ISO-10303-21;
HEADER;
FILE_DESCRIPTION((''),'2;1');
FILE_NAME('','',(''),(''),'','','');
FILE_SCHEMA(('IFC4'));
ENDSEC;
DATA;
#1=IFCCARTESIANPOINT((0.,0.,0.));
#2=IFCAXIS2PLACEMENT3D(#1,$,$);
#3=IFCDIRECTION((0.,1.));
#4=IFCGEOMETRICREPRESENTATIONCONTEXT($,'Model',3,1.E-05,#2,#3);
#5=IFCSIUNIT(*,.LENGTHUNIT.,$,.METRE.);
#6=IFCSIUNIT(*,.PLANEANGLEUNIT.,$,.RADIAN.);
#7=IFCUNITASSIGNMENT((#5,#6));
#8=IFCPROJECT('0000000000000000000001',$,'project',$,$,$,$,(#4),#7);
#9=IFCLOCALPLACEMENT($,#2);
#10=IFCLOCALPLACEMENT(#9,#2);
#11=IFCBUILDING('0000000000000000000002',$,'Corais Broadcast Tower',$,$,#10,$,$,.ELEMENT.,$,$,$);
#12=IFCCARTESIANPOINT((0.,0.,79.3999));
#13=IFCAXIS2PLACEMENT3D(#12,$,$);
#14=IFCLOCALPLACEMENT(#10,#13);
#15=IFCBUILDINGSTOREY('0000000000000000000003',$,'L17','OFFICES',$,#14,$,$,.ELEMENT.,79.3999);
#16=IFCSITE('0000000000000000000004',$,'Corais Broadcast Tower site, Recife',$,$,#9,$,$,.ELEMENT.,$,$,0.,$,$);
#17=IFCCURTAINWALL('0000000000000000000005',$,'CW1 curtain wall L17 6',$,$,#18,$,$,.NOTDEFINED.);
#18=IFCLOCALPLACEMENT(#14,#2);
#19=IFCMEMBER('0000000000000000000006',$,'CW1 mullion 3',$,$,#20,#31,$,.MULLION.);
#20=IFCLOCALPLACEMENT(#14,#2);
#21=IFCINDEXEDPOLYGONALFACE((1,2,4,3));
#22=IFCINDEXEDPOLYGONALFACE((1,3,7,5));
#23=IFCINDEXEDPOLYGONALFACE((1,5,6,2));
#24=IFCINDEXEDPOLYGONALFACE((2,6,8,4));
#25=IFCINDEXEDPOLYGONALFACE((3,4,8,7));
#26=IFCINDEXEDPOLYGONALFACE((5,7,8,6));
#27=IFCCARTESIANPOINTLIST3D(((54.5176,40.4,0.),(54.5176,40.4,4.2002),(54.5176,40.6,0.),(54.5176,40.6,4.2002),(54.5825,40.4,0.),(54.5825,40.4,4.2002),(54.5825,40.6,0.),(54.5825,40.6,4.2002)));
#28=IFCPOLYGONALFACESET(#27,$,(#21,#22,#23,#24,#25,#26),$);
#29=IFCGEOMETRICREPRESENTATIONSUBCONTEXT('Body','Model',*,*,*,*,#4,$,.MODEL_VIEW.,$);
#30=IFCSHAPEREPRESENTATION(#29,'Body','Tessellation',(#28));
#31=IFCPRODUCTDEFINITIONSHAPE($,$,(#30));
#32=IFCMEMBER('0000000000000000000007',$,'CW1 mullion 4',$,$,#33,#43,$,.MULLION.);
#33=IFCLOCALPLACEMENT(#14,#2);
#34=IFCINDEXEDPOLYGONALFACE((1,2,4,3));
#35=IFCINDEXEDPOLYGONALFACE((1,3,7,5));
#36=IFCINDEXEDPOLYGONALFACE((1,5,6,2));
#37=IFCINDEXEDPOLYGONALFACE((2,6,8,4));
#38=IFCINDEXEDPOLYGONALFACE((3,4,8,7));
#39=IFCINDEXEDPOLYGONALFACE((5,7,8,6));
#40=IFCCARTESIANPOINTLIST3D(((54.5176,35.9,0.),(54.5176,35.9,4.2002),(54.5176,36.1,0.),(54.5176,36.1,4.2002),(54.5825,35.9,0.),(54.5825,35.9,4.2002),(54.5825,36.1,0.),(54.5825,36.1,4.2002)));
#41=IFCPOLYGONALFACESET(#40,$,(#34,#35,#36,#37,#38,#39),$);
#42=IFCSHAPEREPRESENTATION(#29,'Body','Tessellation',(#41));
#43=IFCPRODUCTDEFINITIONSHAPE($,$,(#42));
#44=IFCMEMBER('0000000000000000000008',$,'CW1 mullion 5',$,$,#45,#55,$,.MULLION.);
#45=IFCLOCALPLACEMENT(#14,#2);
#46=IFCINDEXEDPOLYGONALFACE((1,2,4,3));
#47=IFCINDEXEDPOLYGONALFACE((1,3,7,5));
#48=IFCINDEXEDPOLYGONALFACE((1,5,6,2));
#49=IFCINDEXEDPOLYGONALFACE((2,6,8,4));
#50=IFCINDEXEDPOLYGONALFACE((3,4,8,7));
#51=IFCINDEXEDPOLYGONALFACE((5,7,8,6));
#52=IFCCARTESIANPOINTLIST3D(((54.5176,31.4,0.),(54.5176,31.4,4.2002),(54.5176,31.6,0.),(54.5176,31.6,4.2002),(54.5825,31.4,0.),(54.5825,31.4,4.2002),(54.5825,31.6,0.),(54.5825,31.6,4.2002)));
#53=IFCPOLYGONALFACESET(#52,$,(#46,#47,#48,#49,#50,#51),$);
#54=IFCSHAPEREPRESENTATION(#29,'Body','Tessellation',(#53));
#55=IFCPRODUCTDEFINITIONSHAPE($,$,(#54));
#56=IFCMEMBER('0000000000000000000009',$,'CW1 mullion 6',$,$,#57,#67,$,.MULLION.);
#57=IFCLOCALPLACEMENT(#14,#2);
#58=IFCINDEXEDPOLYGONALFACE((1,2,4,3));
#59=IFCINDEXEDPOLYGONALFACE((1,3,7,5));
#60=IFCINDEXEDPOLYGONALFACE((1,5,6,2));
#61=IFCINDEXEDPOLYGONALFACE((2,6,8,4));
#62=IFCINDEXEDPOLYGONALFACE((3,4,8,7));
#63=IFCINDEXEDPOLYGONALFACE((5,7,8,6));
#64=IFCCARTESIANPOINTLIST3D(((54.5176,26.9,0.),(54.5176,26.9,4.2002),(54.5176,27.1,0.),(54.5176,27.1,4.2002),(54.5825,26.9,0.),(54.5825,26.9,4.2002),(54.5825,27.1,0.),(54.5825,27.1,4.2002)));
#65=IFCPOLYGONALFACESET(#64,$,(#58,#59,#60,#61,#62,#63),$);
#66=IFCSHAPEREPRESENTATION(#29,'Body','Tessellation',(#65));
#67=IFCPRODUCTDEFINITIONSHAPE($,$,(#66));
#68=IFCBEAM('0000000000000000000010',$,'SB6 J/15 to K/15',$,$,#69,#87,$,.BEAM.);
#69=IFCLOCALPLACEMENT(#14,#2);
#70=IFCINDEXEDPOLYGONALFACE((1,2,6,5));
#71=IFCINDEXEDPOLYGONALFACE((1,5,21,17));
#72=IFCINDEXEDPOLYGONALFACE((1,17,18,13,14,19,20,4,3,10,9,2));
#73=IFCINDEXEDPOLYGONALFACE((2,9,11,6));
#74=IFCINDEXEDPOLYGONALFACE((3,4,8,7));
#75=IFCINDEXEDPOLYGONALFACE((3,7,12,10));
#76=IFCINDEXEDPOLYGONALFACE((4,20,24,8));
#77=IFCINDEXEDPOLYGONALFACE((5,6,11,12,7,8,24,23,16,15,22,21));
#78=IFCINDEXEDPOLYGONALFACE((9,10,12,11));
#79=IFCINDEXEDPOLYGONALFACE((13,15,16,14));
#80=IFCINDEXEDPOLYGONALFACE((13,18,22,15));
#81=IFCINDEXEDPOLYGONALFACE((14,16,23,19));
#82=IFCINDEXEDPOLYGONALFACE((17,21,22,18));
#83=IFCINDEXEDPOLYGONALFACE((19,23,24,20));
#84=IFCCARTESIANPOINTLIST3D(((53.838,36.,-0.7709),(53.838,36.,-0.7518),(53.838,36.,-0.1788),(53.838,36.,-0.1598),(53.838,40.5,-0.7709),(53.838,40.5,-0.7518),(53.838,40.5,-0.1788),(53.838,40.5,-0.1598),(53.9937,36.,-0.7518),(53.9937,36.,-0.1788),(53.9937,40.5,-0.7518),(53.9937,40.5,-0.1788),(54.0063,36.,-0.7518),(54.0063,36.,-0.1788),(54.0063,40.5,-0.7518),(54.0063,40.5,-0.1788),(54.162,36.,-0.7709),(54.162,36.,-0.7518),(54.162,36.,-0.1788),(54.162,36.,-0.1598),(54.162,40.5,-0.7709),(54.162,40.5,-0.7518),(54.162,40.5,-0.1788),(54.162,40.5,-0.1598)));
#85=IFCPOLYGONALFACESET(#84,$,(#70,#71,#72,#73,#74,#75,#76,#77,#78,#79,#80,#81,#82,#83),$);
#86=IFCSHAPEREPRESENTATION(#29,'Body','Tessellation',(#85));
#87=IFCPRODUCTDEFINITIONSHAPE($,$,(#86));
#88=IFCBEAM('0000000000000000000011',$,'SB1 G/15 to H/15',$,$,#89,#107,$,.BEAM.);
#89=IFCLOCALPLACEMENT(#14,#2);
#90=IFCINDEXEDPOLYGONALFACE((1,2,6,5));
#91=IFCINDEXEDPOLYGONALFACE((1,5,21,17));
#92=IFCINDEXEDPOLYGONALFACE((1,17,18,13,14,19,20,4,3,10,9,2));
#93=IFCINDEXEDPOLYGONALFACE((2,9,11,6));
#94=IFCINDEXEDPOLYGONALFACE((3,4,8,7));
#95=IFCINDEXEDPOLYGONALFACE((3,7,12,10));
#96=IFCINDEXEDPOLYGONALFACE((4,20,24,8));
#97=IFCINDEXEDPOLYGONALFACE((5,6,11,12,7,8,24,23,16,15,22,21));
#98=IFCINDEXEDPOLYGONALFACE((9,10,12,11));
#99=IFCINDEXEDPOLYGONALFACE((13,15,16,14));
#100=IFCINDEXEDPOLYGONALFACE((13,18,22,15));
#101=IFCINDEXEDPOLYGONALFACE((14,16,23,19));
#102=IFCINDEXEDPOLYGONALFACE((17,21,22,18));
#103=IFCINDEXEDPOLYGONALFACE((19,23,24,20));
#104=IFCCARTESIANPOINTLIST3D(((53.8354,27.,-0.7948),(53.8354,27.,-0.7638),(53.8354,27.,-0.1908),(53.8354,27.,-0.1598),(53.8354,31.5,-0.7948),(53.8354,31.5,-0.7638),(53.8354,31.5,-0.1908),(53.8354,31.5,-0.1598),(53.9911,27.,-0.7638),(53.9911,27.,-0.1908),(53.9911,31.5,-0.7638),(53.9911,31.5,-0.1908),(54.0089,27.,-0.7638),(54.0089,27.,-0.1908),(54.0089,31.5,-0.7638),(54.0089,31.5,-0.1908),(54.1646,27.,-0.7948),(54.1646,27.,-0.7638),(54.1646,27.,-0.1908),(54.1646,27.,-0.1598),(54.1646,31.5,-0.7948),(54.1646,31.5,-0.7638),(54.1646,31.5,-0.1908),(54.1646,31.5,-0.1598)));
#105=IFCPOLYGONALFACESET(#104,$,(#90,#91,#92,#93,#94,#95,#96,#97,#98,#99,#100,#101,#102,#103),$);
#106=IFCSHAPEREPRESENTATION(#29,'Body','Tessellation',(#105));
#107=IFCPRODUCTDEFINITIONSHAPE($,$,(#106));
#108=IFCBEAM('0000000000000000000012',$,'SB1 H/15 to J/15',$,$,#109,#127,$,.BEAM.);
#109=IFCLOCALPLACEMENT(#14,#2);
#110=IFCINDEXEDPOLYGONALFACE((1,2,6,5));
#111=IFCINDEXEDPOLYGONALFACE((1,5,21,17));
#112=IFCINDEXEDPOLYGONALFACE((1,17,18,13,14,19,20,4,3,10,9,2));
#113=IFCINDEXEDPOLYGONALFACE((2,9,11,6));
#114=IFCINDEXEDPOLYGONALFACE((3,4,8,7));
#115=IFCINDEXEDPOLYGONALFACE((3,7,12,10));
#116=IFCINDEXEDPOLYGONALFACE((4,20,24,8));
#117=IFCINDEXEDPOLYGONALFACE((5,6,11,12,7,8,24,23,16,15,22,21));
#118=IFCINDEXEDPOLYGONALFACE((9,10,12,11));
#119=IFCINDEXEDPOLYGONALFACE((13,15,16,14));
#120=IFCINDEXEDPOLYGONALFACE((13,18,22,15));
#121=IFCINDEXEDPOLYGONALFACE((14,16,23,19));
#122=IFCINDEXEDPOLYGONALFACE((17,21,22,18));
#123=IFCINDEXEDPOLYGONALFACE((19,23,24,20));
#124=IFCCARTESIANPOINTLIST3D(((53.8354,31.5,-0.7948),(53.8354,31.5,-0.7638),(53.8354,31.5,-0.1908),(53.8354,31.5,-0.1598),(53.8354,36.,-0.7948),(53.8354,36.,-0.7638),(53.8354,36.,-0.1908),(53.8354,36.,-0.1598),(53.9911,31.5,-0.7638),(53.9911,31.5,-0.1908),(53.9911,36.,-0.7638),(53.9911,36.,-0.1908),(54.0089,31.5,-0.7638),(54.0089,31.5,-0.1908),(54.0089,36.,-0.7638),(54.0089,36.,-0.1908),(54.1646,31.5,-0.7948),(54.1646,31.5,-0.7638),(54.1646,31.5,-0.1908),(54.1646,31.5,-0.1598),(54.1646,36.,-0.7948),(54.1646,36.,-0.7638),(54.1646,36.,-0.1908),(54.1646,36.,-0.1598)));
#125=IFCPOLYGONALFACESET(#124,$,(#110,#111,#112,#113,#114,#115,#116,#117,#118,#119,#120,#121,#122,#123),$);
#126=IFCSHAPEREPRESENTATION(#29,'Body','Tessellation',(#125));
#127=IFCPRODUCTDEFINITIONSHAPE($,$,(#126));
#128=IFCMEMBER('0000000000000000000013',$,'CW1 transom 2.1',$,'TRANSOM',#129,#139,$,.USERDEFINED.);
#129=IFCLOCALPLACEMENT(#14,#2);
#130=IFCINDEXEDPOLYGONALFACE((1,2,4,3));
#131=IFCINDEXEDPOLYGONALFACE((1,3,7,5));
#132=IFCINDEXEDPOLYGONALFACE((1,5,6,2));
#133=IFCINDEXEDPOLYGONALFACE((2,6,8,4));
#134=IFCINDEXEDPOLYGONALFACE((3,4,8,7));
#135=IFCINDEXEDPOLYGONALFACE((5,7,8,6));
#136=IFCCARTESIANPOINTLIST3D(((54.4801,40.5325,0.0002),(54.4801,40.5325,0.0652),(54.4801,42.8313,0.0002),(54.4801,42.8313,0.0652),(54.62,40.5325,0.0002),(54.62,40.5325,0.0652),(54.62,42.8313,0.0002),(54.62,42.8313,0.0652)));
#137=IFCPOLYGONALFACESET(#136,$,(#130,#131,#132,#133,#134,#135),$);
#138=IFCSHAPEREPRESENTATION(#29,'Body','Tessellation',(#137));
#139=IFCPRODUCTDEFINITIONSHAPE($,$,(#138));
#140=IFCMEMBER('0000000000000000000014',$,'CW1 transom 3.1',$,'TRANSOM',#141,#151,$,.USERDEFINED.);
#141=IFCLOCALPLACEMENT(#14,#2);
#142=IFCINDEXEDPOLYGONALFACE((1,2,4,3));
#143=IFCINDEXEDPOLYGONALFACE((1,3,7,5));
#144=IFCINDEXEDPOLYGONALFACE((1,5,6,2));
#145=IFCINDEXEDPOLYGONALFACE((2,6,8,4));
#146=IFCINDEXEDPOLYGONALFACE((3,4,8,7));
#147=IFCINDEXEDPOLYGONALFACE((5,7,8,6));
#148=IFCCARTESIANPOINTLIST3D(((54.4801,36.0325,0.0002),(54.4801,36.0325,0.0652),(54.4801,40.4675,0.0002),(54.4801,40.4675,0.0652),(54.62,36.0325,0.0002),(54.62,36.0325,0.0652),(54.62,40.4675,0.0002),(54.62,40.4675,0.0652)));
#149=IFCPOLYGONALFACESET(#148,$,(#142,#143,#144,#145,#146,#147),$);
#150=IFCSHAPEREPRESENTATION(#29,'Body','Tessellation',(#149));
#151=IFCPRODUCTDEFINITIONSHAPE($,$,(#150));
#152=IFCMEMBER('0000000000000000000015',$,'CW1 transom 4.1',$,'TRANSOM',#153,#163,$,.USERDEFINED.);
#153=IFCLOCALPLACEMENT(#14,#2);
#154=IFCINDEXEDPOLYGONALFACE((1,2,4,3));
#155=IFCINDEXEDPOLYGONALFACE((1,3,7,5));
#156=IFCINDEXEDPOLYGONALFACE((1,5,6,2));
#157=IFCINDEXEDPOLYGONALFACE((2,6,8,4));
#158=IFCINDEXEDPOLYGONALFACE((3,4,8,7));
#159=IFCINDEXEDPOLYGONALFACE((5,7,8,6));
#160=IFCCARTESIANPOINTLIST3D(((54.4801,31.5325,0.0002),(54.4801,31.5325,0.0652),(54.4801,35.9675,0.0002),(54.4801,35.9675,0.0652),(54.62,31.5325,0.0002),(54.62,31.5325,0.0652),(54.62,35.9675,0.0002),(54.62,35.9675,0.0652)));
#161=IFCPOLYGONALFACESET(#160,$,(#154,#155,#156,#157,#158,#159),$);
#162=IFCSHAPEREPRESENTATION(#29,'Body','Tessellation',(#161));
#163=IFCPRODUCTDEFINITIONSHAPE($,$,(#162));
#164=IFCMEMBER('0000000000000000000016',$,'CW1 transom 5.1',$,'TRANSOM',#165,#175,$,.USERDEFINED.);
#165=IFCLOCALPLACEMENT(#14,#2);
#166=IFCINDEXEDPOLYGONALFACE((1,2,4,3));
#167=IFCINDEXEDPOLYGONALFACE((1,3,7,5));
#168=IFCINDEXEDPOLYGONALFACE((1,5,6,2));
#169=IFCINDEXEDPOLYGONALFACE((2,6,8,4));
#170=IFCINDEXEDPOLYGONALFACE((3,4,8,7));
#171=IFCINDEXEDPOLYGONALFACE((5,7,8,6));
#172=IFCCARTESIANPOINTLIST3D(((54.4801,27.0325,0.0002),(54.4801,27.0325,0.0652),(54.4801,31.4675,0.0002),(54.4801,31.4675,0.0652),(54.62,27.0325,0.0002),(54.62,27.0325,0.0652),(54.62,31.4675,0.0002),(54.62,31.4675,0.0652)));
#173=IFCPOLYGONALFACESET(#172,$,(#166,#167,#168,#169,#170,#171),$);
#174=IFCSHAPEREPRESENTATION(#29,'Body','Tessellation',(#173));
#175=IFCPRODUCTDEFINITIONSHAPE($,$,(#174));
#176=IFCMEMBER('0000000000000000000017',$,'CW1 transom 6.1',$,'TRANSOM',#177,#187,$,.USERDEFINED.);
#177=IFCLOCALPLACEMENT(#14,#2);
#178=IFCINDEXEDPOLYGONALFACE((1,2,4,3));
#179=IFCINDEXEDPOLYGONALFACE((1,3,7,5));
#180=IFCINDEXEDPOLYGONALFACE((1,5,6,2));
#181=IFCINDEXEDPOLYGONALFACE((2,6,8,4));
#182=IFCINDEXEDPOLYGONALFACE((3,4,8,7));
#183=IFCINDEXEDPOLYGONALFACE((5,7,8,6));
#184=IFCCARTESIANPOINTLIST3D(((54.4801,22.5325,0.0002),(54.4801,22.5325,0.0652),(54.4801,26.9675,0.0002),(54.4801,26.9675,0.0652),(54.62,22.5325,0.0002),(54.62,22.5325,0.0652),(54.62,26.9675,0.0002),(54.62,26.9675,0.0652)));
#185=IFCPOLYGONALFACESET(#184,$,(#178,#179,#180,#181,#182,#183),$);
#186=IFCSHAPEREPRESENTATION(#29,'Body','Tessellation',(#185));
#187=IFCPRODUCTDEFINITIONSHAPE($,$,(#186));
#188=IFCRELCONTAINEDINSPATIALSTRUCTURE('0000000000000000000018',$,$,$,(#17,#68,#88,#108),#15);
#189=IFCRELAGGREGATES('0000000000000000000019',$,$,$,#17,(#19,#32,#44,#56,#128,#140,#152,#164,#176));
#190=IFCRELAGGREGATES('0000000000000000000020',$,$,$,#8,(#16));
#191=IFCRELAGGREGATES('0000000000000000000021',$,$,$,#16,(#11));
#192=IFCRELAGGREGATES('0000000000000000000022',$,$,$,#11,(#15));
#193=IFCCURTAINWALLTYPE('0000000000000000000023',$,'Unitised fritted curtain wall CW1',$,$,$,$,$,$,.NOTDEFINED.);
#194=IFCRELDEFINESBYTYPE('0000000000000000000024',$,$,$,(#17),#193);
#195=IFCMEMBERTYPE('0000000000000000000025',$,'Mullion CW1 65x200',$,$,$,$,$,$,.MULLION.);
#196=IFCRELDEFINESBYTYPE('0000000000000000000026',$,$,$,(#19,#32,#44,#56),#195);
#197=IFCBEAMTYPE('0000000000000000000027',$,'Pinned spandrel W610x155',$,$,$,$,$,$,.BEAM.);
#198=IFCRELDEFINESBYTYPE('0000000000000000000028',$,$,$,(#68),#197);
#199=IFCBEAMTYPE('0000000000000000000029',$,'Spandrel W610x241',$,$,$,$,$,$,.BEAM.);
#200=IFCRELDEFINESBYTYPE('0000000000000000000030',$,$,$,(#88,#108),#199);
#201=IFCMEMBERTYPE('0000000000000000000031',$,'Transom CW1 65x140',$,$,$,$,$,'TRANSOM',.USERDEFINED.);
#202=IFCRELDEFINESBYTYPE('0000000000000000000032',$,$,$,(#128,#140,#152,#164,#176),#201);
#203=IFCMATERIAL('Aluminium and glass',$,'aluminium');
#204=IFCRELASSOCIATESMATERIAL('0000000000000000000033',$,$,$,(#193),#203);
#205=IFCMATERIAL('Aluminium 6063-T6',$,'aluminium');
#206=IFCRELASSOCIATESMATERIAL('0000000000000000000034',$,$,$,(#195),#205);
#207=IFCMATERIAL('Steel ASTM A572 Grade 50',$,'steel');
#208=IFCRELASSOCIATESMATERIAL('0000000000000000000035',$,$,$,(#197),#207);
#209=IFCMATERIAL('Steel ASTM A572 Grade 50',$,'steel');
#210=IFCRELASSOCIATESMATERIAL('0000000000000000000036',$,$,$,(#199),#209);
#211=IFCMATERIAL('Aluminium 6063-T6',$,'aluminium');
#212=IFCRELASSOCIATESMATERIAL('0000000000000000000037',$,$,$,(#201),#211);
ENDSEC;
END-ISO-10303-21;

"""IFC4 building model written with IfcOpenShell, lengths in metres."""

from ifc_helpers import new_model, si_unit, direction, frame, origin, origin_2d, place, context, subcontext, project, spatial, rectangle, i_section, extrude, material, material_profile, profile_set, type_object, element, aggregate, save


model = new_model("IFC4")

# Units and contexts
model_context = context("Model", 3, precision=1e-05, world=origin(), true_north=direction((0.0, 1.0)))
body_context = subcontext(model_context, "Body", "Model", "MODEL_VIEW")
ifc_project = project(units=[si_unit("LENGTHUNIT", "METRE"), si_unit("PLANEANGLEUNIT", "RADIAN")], contexts=[model_context])

# Site, building, storey
site_placement = place(None, origin())
site = spatial("IfcSite", under=ifc_project, at=site_placement, Name="Corais Broadcast Tower site, Recife", CompositionType="ELEMENT", RefElevation=0.0)
building_placement = place(site_placement, origin())
building = spatial("IfcBuilding", under=site, at=building_placement, Name="Corais Broadcast Tower", CompositionType="ELEMENT")
storey_placement = place(building_placement, frame((0.0, 0.0, 79.3999)))
storey = spatial("IfcBuildingStorey", under=building, at=storey_placement, Name="L17", Description="OFFICES", CompositionType="ELEMENT", Elevation=79.3999)

# Curtain wall, members
ifc_material_1 = material(Name="Aluminium and glass", Category="aluminium")
curtain_wall_type = type_object("IfcCurtainWallType", Name="Unitised fritted curtain wall CW1", PredefinedType="NOTDEFINED", material=ifc_material_1)
curtain_wall_placement = place(storey_placement, origin())
curtain_wall = element("IfcCurtainWall", 1, at=curtain_wall_placement, inside=storey, type_object=curtain_wall_type, Name="CW1 curtain wall L17 6", PredefinedType="NOTDEFINED")
ifc_material_2 = material(Name="Aluminium 6063-T6", Category="aluminium")
ifc_material_profile_1 = material_profile(ifc_material_2, rectangle(XDim=0.0649, YDim=0.2, at=origin_2d()), Name="Mullion CW1 65x200")
ifc_profile_set_1 = profile_set([ifc_material_profile_1], Name="Aluminium 6063-T6")
member_type_1 = type_object("IfcMemberType", Name="Mullion CW1 65x200", PredefinedType="MULLION", material=ifc_profile_set_1)
member_1_placement = place(storey_placement, frame((54.55, 40.5, 0.0), z_axis=(0.0, 0.0, 1.0), x_axis=(1.0, 0.0, 0.0)))
member_1 = element("IfcMember", 2, at=member_1_placement, type_object=member_type_1, Name="CW1 mullion 3", PredefinedType="MULLION", context=body_context, shape_type="SweptSolid", body=[
    extrude(rectangle(XDim=0.0649, YDim=0.2, at=origin_2d()), origin(), (0.0, 0.0, 1.0), 4.2002),
])
member_2_placement = place(storey_placement, frame((54.55, 36.0, 0.0), z_axis=(0.0, 0.0, 1.0), x_axis=(1.0, 0.0, 0.0)))
member_2 = element("IfcMember", 3, at=member_2_placement, type_object=member_type_1, Name="CW1 mullion 4", PredefinedType="MULLION", context=body_context, shape_type="SweptSolid", body=[
    extrude(rectangle(XDim=0.0649, YDim=0.2, at=origin_2d()), origin(), (0.0, 0.0, 1.0), 4.2002),
])
member_3_placement = place(storey_placement, frame((54.55, 31.5, 0.0), z_axis=(0.0, 0.0, 1.0), x_axis=(1.0, 0.0, 0.0)))
member_3 = element("IfcMember", 4, at=member_3_placement, type_object=member_type_1, Name="CW1 mullion 5", PredefinedType="MULLION", context=body_context, shape_type="SweptSolid", body=[
    extrude(rectangle(XDim=0.0649, YDim=0.2, at=origin_2d()), origin(), (0.0, 0.0, 1.0), 4.2002),
])
member_4_placement = place(storey_placement, frame((54.55, 27.0, 0.0), z_axis=(0.0, 0.0, 1.0), x_axis=(1.0, 0.0, 0.0)))
member_4 = element("IfcMember", 5, at=member_4_placement, type_object=member_type_1, Name="CW1 mullion 6", PredefinedType="MULLION", context=body_context, shape_type="SweptSolid", body=[
    extrude(rectangle(XDim=0.0649, YDim=0.2, at=origin_2d()), origin(), (0.0, 0.0, 1.0), 4.2002),
])

# Beams
ifc_material_3 = material(Name="Steel ASTM A572 Grade 50", Category="steel")
ifc_material_profile_2 = material_profile(ifc_material_3, i_section(OverallWidth=0.324, OverallDepth=0.6111, WebThickness=0.0127, FlangeThickness=0.019, at=origin_2d()), Name="W610x155")
ifc_profile_set_2 = profile_set([ifc_material_profile_2], Name="Steel ASTM A572 Grade 50")
beam_type_1 = type_object("IfcBeamType", Name="Pinned spandrel W610x155", PredefinedType="BEAM", material=ifc_profile_set_2)
beam_1_placement = place(storey_placement, frame((54.0, 36.0, -0.4653), z_axis=(0.0, 1.0, 0.0), x_axis=(-1.0, 0.0, 0.0)))
element("IfcBeam", 6, at=beam_1_placement, inside=storey, type_object=beam_type_1, Name="SB6 J/15 to K/15", PredefinedType="BEAM", context=body_context, shape_type="SweptSolid", body=[
    extrude(i_section(OverallWidth=0.324, OverallDepth=0.6111, WebThickness=0.0127, FlangeThickness=0.019, at=origin_2d()), origin(), (0.0, 0.0, 1.0), 4.5),
])
ifc_material_4 = material(Name="Steel ASTM A572 Grade 50", Category="steel")
ifc_material_profile_3 = material_profile(ifc_material_4, i_section(OverallWidth=0.3291, OverallDepth=0.635, WebThickness=0.0178, FlangeThickness=0.031, at=origin_2d()), Name="W610x241")
ifc_profile_set_3 = profile_set([ifc_material_profile_3], Name="Steel ASTM A572 Grade 50")
beam_type_2 = type_object("IfcBeamType", Name="Spandrel W610x241", PredefinedType="BEAM", material=ifc_profile_set_3)
for number, where, z_axis, x_axis, name in (
    (7, (54.0, 27.0, -0.4773), (0.0, 1.0, 0.0), (-1.0, 0.0, 0.0), "SB1 G/15 to H/15"),
    (8, (54.0, 31.5, -0.4773), (0.0, 1.0, 0.0), (-1.0, 0.0, 0.0), "SB1 H/15 to J/15"),
):
    element("IfcBeam", number, at=place(storey_placement, frame(where, z_axis=z_axis, x_axis=x_axis)), inside=storey, type_object=beam_type_2, Name=name, PredefinedType="BEAM", context=body_context, shape_type="SweptSolid", body=[
        extrude(i_section(OverallWidth=0.3291, OverallDepth=0.635, WebThickness=0.0178, FlangeThickness=0.031, at=origin_2d()), origin(), (0.0, 0.0, 1.0), 4.5),
    ])

# Members
ifc_material_5 = material(Name="Aluminium 6063-T6", Category="aluminium")
ifc_material_profile_4 = material_profile(ifc_material_5, rectangle(XDim=0.1399, YDim=0.0649, at=origin_2d()), Name="Transom CW1 65x140")
ifc_profile_set_4 = profile_set([ifc_material_profile_4], Name="Aluminium 6063-T6")
member_type_2 = type_object("IfcMemberType", Name="Transom CW1 65x140", ElementType="TRANSOM", PredefinedType="USERDEFINED", material=ifc_profile_set_4)
member_5_placement = place(storey_placement, frame((54.55, 42.8313, 0.0327), z_axis=(0.0, -1.0, 0.0), x_axis=(1.0, 0.0, 0.0)))
member_5 = element("IfcMember", 9, at=member_5_placement, type_object=member_type_2, Name="CW1 transom 2.1", ObjectType="TRANSOM", PredefinedType="USERDEFINED", context=body_context, shape_type="SweptSolid", body=[
    extrude(rectangle(XDim=0.1399, YDim=0.0649, at=origin_2d()), origin(), (0.0, 0.0, 1.0), 2.2988),
])
member_6_placement = place(storey_placement, frame((54.55, 40.4675, 0.0327), z_axis=(0.0, -1.0, 0.0), x_axis=(1.0, 0.0, 0.0)))
member_6 = element("IfcMember", 10, at=member_6_placement, type_object=member_type_2, Name="CW1 transom 3.1", ObjectType="TRANSOM", PredefinedType="USERDEFINED", context=body_context, shape_type="SweptSolid", body=[
    extrude(rectangle(XDim=0.1399, YDim=0.0649, at=origin_2d()), origin(), (0.0, 0.0, 1.0), 4.4351),
])
member_7_placement = place(storey_placement, frame((54.55, 35.9675, 0.0327), z_axis=(0.0, -1.0, 0.0), x_axis=(1.0, 0.0, 0.0)))
member_7 = element("IfcMember", 11, at=member_7_placement, type_object=member_type_2, Name="CW1 transom 4.1", ObjectType="TRANSOM", PredefinedType="USERDEFINED", context=body_context, shape_type="SweptSolid", body=[
    extrude(rectangle(XDim=0.1399, YDim=0.0649, at=origin_2d()), origin(), (0.0, 0.0, 1.0), 4.4351),
])
member_8_placement = place(storey_placement, frame((54.55, 31.4675, 0.0327), z_axis=(0.0, -1.0, 0.0), x_axis=(1.0, 0.0, 0.0)))
member_8 = element("IfcMember", 12, at=member_8_placement, type_object=member_type_2, Name="CW1 transom 5.1", ObjectType="TRANSOM", PredefinedType="USERDEFINED", context=body_context, shape_type="SweptSolid", body=[
    extrude(rectangle(XDim=0.1399, YDim=0.0649, at=origin_2d()), origin(), (0.0, 0.0, 1.0), 4.4351),
])
member_9_placement = place(storey_placement, frame((54.55, 26.9675, 0.0327), z_axis=(0.0, -1.0, 0.0), x_axis=(1.0, 0.0, 0.0)))
member_9 = element("IfcMember", 13, at=member_9_placement, type_object=member_type_2, Name="CW1 transom 6.1", ObjectType="TRANSOM", PredefinedType="USERDEFINED", context=body_context, shape_type="SweptSolid", body=[
    extrude(rectangle(XDim=0.1399, YDim=0.0649, at=origin_2d()), origin(), (0.0, 0.0, 1.0), 4.4351),
])

aggregate(curtain_wall, [member_1, member_2, member_3, member_4, member_5, member_6, member_7, member_8, member_9])

save(model, "model.ifc")
